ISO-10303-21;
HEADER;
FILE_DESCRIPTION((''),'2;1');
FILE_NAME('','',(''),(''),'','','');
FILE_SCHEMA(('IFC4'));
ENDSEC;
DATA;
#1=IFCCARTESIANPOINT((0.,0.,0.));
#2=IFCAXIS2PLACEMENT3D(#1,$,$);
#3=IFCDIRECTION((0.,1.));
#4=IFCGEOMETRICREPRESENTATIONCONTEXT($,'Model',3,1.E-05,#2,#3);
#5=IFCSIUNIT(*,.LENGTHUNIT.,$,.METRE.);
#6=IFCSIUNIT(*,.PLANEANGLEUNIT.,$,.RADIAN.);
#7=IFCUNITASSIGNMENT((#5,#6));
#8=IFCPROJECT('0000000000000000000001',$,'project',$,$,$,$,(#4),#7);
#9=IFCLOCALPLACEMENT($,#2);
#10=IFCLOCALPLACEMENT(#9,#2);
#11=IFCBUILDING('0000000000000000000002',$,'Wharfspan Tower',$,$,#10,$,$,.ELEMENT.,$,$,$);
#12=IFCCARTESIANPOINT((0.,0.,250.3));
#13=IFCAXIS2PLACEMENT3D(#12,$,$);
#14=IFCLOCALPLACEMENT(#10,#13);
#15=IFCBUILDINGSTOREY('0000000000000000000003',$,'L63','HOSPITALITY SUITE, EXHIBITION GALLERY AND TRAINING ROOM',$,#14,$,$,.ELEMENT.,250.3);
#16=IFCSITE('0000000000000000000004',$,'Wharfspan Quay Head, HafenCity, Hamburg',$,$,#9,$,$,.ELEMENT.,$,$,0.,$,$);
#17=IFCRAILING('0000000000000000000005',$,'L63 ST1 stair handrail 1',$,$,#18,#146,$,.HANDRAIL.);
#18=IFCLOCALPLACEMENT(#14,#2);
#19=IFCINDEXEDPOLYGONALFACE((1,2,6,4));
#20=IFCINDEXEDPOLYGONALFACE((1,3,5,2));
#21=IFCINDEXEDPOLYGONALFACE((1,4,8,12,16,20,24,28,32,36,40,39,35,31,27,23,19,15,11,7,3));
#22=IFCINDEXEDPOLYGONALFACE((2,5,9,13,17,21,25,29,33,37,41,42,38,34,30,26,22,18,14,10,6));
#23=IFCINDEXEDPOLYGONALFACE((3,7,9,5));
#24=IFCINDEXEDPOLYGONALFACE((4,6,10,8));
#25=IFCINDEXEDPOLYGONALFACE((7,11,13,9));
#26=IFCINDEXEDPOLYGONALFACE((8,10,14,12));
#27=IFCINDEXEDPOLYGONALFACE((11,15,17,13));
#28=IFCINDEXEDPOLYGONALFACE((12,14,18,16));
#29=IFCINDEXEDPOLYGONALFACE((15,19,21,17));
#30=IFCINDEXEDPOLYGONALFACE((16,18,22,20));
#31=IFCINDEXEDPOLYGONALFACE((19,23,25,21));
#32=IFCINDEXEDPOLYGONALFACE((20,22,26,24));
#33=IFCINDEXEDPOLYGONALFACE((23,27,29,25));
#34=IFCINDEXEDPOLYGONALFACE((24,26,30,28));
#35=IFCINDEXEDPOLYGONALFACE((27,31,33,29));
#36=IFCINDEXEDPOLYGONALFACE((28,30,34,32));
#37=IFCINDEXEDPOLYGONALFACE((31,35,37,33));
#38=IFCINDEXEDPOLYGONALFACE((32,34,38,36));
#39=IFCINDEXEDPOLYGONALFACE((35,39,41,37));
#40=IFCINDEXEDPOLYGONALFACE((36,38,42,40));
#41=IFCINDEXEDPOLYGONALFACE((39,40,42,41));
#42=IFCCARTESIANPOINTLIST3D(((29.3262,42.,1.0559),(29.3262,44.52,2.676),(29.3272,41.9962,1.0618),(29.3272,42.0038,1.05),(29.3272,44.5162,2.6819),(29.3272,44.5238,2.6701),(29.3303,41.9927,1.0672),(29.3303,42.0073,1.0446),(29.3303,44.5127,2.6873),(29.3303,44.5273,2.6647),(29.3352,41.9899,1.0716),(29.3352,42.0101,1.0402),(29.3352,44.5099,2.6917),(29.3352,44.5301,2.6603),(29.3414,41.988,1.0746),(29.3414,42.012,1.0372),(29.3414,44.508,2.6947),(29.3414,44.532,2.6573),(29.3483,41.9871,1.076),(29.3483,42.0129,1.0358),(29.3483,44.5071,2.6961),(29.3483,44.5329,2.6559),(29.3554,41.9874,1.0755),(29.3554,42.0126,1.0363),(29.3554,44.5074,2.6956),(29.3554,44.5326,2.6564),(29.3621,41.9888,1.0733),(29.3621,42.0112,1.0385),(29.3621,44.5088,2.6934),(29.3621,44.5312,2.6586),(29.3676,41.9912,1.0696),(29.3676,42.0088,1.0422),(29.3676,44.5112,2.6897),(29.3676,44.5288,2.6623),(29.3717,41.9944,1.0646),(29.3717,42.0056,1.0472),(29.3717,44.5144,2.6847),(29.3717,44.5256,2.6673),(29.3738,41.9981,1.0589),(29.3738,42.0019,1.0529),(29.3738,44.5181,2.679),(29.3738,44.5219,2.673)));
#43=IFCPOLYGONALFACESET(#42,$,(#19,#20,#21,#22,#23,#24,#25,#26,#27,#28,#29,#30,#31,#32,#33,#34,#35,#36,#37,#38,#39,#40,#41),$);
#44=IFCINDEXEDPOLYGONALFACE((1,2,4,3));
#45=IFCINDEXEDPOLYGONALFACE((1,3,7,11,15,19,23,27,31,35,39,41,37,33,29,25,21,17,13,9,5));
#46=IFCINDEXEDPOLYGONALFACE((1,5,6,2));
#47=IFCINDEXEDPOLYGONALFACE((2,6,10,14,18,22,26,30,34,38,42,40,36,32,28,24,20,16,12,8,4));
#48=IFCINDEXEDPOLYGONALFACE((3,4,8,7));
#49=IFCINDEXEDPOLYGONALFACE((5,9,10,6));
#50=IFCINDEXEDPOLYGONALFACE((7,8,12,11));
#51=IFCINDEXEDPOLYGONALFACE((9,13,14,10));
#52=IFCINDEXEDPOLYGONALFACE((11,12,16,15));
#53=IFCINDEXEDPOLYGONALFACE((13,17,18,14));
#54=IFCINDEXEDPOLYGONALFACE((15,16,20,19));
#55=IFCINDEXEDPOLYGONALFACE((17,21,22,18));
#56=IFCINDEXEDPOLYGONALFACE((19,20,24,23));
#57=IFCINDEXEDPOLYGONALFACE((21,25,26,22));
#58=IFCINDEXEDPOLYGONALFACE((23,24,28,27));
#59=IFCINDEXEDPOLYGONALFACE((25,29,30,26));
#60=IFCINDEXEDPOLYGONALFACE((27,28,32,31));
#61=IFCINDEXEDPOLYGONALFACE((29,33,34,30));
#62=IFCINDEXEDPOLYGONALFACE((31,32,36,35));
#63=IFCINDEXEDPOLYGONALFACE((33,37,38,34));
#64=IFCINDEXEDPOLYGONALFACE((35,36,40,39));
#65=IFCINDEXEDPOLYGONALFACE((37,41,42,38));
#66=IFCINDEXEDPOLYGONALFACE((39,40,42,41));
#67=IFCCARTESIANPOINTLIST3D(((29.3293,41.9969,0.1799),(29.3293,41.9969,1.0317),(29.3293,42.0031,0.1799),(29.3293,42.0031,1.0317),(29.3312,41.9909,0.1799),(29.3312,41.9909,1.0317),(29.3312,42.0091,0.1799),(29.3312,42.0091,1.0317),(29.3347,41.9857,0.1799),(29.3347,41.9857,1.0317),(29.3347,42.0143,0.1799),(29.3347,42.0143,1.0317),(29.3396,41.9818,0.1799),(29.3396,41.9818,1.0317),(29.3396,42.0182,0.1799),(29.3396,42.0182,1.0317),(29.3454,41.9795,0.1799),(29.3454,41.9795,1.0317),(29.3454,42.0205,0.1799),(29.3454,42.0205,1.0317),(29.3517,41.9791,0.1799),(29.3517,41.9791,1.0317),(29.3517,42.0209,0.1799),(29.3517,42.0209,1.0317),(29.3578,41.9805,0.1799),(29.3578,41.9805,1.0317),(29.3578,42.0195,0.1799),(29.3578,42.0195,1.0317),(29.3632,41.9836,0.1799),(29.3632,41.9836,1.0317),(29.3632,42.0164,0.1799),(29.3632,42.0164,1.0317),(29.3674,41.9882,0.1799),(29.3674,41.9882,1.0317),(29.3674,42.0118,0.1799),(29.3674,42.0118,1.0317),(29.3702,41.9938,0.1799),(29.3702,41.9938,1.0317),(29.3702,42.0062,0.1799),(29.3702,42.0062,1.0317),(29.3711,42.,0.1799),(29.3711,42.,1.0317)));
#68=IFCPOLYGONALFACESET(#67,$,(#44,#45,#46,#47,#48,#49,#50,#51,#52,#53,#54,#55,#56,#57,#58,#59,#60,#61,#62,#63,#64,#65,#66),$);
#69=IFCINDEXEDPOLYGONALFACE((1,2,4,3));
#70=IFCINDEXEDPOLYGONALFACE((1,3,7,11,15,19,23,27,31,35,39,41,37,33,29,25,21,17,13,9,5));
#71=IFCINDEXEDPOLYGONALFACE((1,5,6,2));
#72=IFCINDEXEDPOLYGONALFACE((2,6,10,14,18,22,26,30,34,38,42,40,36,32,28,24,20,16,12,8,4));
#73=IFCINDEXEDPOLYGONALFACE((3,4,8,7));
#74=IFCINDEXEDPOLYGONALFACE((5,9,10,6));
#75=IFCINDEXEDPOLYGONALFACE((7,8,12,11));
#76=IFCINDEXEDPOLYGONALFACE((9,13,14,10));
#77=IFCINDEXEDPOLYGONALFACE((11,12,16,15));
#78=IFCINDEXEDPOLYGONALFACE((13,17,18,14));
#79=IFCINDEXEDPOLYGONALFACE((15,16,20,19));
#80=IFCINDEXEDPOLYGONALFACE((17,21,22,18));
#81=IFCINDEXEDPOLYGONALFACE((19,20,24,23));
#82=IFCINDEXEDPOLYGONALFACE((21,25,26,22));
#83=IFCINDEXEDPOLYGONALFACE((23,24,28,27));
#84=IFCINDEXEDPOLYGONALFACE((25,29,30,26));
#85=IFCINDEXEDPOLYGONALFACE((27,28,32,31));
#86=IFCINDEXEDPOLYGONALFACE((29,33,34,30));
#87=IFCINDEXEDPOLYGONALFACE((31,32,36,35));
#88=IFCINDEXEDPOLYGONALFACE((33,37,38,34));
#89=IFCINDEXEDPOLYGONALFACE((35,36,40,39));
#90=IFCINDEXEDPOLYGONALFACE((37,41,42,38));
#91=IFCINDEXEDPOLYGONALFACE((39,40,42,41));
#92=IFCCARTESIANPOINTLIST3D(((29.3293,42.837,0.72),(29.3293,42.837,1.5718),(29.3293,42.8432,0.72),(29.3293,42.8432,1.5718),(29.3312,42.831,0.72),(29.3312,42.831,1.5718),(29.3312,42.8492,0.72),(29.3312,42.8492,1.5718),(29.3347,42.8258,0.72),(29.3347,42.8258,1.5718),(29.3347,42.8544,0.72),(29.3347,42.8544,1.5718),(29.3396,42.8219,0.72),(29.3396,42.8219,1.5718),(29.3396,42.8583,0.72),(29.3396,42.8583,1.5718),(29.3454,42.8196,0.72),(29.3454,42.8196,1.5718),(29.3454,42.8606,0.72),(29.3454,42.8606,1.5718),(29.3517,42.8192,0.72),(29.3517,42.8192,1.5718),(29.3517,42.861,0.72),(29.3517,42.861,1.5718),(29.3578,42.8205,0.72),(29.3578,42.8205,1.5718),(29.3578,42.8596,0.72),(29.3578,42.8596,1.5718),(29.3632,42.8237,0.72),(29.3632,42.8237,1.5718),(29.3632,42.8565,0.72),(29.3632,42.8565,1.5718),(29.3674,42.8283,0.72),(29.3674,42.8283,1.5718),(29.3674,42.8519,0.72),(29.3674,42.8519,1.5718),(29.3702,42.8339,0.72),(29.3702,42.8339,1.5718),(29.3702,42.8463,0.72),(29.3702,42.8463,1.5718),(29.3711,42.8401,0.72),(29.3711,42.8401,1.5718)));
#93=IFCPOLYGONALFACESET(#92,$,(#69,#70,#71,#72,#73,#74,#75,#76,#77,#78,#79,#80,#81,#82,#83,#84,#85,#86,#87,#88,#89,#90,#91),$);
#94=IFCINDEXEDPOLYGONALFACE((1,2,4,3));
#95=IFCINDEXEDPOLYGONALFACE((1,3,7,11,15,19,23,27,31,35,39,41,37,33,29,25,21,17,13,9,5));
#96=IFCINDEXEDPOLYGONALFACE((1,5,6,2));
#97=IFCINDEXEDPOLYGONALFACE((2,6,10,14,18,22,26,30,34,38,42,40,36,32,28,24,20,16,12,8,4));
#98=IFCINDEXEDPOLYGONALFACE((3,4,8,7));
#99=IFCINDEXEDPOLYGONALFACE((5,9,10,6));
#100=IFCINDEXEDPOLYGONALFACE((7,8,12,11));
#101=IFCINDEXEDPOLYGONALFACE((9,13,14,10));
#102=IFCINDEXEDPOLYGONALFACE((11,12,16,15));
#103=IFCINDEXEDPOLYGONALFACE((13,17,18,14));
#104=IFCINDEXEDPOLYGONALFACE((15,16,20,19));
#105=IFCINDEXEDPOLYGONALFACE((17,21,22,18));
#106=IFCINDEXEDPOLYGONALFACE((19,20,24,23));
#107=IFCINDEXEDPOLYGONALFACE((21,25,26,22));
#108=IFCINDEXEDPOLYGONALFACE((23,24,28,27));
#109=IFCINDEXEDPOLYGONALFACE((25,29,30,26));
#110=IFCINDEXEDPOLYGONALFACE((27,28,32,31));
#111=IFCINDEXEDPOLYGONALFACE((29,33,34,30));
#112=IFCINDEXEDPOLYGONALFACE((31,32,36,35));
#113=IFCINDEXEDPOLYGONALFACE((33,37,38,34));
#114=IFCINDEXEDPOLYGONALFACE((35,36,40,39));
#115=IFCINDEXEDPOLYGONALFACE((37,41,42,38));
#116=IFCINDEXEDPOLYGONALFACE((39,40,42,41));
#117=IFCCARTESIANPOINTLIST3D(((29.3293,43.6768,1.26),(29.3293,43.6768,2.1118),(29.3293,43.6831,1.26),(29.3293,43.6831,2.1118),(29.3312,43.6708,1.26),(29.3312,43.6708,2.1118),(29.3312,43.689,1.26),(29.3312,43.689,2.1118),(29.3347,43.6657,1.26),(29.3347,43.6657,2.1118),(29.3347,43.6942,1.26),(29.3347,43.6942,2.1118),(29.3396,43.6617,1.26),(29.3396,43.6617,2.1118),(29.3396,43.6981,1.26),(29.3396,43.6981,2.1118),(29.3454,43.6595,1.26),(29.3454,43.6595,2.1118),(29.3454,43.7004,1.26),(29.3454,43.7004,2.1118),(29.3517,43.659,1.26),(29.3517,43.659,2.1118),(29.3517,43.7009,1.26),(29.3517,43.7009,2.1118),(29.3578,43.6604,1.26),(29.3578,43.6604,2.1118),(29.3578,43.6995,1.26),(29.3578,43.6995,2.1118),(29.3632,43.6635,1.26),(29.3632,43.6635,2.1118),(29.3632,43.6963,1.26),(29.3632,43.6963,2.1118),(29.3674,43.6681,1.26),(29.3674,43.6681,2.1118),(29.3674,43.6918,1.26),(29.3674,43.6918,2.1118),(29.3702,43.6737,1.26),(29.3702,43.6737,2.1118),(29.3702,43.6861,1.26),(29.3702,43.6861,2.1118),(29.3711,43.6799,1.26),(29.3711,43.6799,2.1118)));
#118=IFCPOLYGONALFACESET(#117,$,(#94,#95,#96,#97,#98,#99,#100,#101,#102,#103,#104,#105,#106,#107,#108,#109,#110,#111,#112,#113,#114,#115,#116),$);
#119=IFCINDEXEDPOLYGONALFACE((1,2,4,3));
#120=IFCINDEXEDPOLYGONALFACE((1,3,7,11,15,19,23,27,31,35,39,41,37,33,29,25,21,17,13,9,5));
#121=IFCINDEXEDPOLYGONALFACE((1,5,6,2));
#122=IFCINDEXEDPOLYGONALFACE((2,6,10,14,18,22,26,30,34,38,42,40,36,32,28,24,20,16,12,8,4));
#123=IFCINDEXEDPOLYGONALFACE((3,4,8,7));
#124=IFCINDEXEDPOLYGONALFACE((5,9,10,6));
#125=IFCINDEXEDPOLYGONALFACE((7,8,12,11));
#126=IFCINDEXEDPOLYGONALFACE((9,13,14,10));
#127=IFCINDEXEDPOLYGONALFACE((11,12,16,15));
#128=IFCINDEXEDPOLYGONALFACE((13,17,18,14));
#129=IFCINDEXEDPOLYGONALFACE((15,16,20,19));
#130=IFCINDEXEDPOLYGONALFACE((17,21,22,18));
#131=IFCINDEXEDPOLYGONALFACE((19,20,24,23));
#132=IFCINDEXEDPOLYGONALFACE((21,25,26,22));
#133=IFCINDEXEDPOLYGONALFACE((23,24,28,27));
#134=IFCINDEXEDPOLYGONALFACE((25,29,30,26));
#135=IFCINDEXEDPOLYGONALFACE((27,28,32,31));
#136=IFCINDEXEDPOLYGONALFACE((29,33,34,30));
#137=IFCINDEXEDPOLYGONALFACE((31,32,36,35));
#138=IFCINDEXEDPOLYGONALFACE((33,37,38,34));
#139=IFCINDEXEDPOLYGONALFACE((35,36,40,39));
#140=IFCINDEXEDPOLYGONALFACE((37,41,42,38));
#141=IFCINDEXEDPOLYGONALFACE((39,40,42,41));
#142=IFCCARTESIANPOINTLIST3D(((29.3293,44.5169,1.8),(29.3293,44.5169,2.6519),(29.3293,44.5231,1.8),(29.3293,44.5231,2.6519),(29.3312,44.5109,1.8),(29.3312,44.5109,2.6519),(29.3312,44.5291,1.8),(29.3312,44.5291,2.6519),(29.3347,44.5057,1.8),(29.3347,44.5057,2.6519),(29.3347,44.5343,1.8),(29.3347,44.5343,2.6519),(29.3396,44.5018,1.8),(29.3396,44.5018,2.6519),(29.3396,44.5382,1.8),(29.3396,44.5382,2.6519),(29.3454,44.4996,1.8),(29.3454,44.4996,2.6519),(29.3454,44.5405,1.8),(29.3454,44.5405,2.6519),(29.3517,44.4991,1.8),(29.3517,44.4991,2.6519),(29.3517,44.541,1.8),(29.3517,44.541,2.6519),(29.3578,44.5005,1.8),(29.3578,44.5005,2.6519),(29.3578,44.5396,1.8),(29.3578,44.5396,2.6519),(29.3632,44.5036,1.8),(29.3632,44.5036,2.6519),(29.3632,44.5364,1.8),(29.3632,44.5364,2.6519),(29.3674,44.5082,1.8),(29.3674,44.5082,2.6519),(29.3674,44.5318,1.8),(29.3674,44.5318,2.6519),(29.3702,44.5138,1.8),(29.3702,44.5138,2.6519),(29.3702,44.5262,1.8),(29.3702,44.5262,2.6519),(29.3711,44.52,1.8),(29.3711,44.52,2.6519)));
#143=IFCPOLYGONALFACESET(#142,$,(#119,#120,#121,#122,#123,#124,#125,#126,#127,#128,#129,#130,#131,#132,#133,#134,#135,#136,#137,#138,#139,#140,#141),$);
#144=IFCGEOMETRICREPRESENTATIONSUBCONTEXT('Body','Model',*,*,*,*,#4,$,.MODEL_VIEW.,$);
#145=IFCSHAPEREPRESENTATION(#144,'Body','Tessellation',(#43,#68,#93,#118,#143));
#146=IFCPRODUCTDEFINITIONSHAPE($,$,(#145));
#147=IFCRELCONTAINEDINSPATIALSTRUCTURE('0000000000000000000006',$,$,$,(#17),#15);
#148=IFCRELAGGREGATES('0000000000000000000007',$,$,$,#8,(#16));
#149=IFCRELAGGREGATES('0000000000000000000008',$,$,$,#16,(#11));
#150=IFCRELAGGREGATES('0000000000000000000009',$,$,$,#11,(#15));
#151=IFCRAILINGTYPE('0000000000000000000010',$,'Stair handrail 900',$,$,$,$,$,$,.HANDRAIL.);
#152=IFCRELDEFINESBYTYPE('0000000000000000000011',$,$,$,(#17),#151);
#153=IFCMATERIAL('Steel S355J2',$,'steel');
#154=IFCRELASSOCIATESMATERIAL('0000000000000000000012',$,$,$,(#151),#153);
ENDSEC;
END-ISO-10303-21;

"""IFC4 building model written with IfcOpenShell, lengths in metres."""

from ifc_helpers import new_model, si_unit, direction, frame, origin, origin_2d, place, context, subcontext, project, spatial, circle, extrude, material, type_object, element, save


model = new_model("IFC4")

# Units and contexts
model_context = context("Model", 3, precision=1e-05, world=origin(), true_north=direction((0.0, 1.0)))
body_context = subcontext(model_context, "Body", "Model", "MODEL_VIEW")
ifc_project = project(units=[si_unit("LENGTHUNIT", "METRE"), si_unit("PLANEANGLEUNIT", "RADIAN")], contexts=[model_context])

# Site, building, storey
site_placement = place(None, origin())
site = spatial("IfcSite", under=ifc_project, at=site_placement, Name="Wharfspan Quay Head, HafenCity, Hamburg", CompositionType="ELEMENT", RefElevation=0.0)
building_placement = place(site_placement, origin())
building = spatial("IfcBuilding", under=site, at=building_placement, Name="Wharfspan Tower", CompositionType="ELEMENT")
storey_placement = place(building_placement, frame((0.0, 0.0, 250.3)))
storey = spatial("IfcBuildingStorey", under=building, at=storey_placement, Name="L63", Description="HOSPITALITY SUITE, EXHIBITION GALLERY AND TRAINING ROOM", CompositionType="ELEMENT", Elevation=250.3)

# Shared definitions
ifc_material_1 = material(Name="Steel S355J2", Category="steel")

# Railing
railing_type_1 = type_object("IfcRailingType", Name="Stair handrail 900", PredefinedType="HANDRAIL", material=ifc_material_1)
railing_1_placement = place(storey_placement, frame((29.3501, 42.0, 0.1799)))
element("IfcRailing", 1, at=railing_1_placement, inside=storey, type_object=railing_type_1, Name="L63 ST1 stair handrail 1", PredefinedType="HANDRAIL", context=body_context, shape_type="SweptSolid", body=[
    extrude(circle(Radius=0.0239, at=origin_2d()), frame((0.0, 0.0, 0.876), z_axis=(0.0, 0.841163, 0.540782), x_axis=(-1.0, 0.0, 0.0)), (0.0, 0.0, 1.0), 2.9958),
    extrude(circle(Radius=0.021, at=origin_2d()), origin(), (0.0, 0.0, 1.0), 0.8518),
    extrude(circle(Radius=0.021, at=origin_2d()), frame((0.0, 0.8401, 0.54)), (0.0, 0.0, 1.0), 0.8518),
    extrude(circle(Radius=0.021, at=origin_2d()), frame((0.0, 1.6799, 1.0801)), (0.0, 0.0, 1.0), 0.8518),
    extrude(circle(Radius=0.021, at=origin_2d()), frame((0.0, 2.52, 1.6201)), (0.0, 0.0, 1.0), 0.8518),
])

save(model, "model.ifc")
